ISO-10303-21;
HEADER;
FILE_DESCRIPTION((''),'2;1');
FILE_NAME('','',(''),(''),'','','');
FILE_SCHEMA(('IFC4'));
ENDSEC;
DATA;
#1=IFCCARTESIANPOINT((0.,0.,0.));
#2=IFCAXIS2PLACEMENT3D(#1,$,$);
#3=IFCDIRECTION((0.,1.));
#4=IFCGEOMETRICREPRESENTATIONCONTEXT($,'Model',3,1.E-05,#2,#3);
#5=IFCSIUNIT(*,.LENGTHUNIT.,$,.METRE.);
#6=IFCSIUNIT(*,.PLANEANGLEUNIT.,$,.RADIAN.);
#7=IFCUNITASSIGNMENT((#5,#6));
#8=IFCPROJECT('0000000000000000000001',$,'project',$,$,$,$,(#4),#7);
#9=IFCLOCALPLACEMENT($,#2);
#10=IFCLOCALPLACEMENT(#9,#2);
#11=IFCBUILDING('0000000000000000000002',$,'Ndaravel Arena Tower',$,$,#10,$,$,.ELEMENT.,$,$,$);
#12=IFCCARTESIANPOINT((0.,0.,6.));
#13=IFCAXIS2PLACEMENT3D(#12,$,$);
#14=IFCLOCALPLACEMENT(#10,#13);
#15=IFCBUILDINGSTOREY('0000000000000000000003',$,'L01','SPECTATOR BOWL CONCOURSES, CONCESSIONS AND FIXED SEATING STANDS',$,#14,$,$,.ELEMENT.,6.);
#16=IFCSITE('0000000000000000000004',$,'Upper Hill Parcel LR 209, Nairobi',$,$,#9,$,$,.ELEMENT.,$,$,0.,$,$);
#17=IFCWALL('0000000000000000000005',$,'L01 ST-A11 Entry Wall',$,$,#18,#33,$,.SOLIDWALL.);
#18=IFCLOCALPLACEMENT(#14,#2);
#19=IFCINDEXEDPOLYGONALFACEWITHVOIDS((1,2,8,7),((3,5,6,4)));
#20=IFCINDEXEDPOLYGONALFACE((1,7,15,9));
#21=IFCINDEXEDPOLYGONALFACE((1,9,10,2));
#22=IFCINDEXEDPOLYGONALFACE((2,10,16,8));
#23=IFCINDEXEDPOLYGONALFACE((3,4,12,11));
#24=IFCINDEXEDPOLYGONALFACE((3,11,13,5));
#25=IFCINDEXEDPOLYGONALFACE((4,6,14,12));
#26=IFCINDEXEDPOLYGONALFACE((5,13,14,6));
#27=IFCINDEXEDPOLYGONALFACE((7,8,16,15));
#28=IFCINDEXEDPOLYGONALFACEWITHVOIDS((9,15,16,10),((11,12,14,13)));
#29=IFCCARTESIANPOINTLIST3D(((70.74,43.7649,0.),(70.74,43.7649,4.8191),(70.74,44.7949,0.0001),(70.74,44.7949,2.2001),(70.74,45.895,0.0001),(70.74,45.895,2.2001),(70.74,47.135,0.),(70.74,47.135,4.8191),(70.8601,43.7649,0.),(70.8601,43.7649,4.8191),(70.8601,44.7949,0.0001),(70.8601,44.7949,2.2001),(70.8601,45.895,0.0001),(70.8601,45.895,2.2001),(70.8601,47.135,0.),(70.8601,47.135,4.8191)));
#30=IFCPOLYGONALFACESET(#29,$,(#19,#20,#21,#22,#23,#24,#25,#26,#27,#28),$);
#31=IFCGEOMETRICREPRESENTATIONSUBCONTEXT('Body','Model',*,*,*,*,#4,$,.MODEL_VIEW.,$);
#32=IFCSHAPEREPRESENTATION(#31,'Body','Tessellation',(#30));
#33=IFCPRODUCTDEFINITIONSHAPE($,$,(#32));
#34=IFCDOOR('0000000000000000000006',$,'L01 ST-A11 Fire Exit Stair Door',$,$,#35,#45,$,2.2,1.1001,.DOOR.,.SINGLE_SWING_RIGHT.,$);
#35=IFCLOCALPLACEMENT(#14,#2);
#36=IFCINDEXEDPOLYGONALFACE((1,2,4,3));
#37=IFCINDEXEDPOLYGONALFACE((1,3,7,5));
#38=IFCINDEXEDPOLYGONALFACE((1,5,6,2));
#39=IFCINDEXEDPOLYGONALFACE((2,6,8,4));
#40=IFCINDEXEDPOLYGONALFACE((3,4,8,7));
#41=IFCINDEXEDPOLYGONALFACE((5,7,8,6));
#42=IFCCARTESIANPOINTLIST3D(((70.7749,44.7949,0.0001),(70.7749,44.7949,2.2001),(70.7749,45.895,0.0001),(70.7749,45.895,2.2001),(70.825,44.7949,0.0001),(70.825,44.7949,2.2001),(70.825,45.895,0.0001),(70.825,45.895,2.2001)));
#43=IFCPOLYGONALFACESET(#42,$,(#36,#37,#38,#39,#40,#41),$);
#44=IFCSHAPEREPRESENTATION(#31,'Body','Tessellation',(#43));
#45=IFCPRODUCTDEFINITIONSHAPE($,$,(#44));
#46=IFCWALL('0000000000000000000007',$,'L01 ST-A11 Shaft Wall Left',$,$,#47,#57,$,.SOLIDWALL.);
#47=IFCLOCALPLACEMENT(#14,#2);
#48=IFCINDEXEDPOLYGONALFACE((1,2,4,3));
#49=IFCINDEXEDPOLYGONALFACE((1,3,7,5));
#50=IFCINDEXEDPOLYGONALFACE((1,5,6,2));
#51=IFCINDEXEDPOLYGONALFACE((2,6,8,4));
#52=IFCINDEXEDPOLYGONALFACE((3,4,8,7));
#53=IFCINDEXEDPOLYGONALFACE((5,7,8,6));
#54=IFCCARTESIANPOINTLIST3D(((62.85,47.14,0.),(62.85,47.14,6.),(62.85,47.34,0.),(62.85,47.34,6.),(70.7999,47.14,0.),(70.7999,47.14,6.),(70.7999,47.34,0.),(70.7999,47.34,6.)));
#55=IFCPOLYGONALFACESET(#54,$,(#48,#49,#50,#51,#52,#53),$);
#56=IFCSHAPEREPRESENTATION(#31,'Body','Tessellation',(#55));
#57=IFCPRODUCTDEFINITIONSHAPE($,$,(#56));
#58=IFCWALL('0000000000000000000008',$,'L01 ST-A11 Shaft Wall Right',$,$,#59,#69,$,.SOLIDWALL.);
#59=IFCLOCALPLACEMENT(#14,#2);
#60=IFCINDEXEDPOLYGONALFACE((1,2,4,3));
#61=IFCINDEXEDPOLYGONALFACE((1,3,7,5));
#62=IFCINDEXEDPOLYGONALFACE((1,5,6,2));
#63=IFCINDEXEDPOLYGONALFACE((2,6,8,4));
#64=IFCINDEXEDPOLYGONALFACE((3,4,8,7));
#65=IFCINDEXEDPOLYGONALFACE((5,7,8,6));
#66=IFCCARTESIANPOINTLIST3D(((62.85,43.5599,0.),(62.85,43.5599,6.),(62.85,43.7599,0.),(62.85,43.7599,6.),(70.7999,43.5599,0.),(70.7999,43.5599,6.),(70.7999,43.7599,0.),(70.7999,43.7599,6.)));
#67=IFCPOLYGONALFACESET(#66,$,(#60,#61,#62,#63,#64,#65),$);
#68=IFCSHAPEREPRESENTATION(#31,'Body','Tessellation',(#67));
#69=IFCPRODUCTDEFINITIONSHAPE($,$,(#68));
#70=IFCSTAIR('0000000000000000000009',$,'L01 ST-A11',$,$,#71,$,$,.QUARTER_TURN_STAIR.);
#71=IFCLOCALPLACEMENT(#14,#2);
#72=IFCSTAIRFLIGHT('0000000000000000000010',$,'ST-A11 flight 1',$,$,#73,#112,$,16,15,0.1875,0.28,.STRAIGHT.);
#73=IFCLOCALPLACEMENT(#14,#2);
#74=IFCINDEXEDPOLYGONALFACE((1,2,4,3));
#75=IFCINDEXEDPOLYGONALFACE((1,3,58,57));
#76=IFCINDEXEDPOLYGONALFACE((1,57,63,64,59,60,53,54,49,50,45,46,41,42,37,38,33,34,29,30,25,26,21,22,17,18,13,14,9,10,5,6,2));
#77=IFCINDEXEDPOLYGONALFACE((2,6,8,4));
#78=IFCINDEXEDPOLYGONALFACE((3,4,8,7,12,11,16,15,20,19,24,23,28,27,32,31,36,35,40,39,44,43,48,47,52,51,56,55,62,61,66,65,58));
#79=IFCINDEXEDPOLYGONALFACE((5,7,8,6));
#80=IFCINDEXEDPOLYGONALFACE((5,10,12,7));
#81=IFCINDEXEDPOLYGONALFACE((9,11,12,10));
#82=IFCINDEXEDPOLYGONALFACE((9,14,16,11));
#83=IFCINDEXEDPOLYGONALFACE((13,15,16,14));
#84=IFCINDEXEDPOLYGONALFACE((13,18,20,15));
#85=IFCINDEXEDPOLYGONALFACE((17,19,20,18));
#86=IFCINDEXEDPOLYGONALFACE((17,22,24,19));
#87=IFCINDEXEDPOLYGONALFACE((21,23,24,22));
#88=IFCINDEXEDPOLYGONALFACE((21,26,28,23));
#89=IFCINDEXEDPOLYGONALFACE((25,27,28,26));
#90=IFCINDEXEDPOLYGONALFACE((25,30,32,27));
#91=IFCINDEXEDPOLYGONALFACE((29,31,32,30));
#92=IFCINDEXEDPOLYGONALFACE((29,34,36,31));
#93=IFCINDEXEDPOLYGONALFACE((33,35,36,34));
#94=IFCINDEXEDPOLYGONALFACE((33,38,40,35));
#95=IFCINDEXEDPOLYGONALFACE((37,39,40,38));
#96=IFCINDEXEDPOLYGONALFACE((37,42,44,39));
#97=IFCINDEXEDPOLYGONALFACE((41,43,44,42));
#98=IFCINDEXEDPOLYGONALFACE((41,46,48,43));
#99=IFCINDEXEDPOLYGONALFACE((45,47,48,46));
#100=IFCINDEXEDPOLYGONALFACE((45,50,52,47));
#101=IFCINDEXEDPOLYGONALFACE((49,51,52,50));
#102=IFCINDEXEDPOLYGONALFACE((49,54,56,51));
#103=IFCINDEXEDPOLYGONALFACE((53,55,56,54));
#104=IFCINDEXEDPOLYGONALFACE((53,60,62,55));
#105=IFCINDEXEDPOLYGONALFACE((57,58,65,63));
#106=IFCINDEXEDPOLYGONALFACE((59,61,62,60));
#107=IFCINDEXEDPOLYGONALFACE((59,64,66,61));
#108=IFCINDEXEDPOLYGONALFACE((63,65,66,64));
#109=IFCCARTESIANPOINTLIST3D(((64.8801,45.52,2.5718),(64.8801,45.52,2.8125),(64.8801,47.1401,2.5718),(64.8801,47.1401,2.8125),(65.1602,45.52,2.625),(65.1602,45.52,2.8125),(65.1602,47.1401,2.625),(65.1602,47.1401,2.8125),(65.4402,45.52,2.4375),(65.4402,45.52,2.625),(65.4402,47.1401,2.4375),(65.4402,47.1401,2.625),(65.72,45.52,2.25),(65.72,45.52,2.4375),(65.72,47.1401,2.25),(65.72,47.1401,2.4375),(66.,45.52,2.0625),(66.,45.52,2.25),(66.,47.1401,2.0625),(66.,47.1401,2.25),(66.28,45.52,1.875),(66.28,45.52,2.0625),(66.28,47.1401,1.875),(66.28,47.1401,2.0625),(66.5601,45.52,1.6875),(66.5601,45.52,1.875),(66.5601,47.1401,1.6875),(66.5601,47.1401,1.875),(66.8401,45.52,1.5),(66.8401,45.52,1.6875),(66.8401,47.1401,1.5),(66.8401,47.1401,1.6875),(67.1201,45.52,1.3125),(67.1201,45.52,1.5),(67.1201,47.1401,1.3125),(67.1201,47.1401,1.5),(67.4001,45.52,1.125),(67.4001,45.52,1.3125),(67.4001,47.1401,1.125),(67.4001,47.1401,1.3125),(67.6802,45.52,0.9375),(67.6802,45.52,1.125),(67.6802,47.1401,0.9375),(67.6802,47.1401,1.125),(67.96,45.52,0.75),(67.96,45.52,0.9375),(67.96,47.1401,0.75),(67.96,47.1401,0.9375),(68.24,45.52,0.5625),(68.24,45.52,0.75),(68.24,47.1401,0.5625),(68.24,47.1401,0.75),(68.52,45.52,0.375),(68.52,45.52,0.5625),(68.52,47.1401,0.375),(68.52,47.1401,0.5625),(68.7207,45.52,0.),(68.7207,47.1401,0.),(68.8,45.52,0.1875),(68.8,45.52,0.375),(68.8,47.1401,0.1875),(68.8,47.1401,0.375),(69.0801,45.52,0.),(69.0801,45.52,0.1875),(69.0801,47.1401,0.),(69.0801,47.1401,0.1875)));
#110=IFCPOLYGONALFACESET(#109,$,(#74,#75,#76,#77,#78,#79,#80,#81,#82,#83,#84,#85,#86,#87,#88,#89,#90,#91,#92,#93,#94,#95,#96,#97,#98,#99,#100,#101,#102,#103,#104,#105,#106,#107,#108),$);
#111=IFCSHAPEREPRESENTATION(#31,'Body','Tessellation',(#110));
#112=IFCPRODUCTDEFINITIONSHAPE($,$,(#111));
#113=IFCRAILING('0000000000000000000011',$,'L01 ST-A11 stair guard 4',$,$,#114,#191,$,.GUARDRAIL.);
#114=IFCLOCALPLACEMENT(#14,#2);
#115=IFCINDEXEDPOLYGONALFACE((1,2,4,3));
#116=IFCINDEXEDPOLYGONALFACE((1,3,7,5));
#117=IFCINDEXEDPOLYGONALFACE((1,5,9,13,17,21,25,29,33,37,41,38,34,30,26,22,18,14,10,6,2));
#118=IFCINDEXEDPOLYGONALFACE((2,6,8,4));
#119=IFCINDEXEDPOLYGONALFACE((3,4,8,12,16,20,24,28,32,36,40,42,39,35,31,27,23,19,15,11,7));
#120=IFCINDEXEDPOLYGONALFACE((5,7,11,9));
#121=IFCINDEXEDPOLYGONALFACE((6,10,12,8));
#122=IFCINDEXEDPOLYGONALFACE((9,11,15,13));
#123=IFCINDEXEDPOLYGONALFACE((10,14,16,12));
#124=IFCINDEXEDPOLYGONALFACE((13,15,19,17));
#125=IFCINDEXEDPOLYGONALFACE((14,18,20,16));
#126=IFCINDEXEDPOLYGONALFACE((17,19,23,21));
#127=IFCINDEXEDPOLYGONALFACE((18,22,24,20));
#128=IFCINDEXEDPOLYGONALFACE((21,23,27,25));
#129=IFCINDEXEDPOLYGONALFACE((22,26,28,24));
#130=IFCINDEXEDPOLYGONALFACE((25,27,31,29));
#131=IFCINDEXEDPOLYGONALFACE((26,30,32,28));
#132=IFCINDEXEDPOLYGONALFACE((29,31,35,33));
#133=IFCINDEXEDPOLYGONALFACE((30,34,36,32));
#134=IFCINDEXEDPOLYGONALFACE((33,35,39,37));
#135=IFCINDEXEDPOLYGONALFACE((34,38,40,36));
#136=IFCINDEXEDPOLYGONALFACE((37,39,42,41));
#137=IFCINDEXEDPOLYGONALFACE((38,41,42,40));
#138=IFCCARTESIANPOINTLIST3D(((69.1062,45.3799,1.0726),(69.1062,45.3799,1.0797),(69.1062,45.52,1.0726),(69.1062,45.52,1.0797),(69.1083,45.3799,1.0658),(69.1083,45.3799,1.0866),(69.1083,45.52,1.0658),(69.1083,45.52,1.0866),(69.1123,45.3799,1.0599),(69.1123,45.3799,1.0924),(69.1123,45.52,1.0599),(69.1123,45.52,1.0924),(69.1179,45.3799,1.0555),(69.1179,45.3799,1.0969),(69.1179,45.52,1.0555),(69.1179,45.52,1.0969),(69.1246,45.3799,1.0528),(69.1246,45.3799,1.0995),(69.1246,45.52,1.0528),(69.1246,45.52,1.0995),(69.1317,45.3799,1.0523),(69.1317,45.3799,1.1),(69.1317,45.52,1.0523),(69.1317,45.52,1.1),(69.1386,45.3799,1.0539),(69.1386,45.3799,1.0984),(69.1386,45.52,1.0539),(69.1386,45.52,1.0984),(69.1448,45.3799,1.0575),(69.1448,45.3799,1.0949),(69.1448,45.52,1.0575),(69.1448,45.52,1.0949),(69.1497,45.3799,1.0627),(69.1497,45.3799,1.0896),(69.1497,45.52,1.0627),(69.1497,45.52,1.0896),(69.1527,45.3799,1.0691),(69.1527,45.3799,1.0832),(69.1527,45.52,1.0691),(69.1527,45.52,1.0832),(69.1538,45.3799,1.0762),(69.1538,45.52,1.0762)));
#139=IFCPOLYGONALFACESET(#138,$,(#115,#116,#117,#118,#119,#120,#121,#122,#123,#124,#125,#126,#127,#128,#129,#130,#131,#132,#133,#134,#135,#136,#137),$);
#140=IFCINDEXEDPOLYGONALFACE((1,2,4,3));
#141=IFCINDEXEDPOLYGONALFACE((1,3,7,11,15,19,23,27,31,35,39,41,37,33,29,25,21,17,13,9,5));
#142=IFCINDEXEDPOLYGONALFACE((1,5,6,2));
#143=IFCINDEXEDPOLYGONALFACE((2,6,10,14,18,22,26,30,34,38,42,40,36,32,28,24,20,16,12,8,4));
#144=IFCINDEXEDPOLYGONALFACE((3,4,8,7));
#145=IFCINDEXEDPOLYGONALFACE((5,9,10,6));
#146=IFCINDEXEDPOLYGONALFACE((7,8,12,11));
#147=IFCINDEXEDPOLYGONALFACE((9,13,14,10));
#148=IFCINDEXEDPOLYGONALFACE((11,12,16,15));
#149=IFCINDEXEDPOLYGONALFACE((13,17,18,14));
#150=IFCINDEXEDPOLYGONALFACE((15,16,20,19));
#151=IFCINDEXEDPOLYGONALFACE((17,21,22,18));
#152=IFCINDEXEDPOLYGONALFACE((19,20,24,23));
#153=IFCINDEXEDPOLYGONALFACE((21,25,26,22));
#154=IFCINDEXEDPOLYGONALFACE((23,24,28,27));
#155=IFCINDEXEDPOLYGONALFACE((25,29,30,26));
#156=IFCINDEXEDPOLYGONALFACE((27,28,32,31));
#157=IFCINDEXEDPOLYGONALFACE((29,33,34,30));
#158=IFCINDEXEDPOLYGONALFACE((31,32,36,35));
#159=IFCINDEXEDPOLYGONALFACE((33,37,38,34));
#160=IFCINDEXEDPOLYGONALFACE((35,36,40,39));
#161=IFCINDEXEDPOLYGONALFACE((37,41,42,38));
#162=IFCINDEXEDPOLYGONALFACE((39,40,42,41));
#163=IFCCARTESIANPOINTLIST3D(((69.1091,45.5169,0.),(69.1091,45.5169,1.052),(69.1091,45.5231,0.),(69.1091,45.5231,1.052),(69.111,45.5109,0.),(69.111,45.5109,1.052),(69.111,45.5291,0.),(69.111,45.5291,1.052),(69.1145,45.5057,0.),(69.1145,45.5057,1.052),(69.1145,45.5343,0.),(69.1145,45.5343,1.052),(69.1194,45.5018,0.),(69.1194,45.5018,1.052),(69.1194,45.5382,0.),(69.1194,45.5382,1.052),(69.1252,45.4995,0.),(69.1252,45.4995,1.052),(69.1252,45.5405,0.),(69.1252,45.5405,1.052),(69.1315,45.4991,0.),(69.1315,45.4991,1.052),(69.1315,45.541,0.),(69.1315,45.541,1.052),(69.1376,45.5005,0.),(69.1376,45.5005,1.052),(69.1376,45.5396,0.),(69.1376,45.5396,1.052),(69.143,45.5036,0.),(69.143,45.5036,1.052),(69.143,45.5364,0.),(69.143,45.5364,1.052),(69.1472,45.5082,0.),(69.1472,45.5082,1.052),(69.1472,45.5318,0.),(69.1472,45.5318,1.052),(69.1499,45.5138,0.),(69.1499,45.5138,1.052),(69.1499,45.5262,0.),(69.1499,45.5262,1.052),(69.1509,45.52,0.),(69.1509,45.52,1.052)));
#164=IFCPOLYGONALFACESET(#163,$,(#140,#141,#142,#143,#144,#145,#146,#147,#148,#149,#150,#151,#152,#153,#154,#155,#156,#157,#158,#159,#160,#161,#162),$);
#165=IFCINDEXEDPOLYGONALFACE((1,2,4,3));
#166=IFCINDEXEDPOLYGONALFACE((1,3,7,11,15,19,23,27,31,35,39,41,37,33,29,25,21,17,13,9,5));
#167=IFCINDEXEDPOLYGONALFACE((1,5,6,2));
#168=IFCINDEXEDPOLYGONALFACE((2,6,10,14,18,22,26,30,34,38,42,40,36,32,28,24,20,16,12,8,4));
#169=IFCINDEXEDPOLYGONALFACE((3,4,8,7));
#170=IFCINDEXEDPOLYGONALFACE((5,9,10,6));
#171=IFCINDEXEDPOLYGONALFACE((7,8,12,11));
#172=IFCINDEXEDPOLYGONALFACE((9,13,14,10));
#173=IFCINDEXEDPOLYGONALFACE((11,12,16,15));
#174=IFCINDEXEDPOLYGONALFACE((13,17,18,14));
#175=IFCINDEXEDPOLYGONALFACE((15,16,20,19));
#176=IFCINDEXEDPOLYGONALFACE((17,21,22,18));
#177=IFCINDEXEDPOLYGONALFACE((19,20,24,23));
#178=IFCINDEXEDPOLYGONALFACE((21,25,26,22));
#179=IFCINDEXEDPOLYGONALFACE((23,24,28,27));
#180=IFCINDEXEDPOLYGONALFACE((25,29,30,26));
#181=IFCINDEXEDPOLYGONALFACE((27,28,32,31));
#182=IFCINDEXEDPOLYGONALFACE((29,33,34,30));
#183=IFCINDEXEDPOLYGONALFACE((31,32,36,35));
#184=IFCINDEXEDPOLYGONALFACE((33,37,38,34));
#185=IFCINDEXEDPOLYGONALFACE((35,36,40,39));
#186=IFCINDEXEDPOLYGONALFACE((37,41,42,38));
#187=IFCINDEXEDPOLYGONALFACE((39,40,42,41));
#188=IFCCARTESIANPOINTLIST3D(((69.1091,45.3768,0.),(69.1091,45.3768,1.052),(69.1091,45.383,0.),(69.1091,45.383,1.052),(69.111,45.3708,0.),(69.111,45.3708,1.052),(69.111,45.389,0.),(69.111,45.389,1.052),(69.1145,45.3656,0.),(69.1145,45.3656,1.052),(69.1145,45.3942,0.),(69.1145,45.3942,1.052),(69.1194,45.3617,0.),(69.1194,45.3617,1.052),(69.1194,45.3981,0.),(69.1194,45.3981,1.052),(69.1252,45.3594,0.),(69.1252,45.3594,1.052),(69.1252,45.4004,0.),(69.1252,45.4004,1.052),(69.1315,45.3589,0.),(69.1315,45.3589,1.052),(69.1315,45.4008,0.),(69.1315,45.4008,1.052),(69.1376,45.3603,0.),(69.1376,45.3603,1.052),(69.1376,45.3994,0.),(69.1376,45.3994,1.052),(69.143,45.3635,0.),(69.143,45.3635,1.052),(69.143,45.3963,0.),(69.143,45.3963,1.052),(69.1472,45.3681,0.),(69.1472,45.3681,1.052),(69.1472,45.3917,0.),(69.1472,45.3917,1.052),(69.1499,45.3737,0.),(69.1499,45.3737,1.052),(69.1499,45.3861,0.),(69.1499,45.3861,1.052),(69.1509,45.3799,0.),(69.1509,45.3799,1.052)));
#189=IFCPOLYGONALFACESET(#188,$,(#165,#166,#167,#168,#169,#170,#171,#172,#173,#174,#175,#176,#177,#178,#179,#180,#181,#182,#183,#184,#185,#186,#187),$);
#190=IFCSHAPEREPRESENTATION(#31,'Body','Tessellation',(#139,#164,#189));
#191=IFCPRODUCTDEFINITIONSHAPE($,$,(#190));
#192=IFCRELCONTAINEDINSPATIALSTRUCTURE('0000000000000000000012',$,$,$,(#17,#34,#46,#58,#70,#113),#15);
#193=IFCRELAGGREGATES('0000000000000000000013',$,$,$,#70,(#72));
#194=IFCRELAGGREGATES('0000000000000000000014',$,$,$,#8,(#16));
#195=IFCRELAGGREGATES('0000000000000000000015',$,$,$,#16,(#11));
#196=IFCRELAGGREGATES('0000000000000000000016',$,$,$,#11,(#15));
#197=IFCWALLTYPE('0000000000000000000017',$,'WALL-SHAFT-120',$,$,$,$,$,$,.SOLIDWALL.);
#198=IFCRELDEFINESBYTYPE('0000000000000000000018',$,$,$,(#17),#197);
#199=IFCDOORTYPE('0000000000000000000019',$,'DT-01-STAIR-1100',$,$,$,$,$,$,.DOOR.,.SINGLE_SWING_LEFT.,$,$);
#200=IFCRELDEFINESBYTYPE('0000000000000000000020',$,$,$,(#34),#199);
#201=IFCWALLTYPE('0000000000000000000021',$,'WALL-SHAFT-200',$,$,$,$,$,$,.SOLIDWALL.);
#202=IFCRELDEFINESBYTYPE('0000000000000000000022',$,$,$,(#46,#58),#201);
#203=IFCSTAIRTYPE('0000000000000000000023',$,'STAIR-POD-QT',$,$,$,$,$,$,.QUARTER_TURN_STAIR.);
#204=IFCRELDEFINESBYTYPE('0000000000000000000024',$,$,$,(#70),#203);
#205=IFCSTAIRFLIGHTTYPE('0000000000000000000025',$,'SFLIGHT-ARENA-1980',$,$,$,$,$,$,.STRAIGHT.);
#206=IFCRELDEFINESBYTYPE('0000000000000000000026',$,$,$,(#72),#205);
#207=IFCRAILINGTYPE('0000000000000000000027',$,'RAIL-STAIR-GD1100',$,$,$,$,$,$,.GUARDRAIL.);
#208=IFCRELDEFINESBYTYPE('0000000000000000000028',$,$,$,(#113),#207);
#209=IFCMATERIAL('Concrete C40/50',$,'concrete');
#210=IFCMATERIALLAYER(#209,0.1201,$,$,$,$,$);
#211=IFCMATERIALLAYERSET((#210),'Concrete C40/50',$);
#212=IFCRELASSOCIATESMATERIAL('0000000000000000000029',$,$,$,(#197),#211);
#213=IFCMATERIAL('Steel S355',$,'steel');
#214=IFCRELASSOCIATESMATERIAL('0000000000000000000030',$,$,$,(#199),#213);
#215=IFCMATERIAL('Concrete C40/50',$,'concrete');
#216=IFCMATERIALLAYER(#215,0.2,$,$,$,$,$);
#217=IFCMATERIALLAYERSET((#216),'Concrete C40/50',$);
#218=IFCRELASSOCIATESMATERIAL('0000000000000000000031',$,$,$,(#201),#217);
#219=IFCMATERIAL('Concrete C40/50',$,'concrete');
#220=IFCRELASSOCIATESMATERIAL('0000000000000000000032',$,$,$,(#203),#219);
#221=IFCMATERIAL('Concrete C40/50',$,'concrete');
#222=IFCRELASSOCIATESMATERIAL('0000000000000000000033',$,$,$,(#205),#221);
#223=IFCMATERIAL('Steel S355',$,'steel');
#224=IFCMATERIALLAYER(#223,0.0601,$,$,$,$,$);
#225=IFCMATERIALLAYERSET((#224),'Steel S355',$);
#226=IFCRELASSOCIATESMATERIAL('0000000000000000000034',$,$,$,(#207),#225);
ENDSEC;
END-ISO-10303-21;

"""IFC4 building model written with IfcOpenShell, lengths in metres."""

from ifc_helpers import new_model, si_unit, direction, frame, frame_2d, origin, origin_2d, place, context, subcontext, project, spatial, polyline, rectangle, circle, outline, extrude, material, layer, layer_set, type_object, element, fill, aggregate, save


model = new_model("IFC4")

# Units and contexts
model_context = context("Model", 3, precision=1e-05, world=origin(), true_north=direction((0.0, 1.0)))
body_context = subcontext(model_context, "Body", "Model", "MODEL_VIEW")
ifc_project = project(units=[si_unit("LENGTHUNIT", "METRE"), si_unit("PLANEANGLEUNIT", "RADIAN")], contexts=[model_context])

# Site, building, storey
site_placement = place(None, origin())
site = spatial("IfcSite", under=ifc_project, at=site_placement, Name="Upper Hill Parcel LR 209, Nairobi", CompositionType="ELEMENT", RefElevation=0.0)
building_placement = place(site_placement, origin())
building = spatial("IfcBuilding", under=site, at=building_placement, Name="Ndaravel Arena Tower", CompositionType="ELEMENT")
storey_placement = place(building_placement, frame((0.0, 0.0, 6.0)))
storey = spatial("IfcBuildingStorey", under=building, at=storey_placement, Name="L01", Description="SPECTATOR BOWL CONCOURSES, CONCESSIONS AND FIXED SEATING STANDS", CompositionType="ELEMENT", Elevation=6.0)

# Wall, opening, door
ifc_material_1 = material(Name="Concrete C40/50", Category="concrete")
ifc_layer_1 = layer(ifc_material_1, 0.1201)
ifc_layer_set_1 = layer_set([ifc_layer_1], Name="Concrete C40/50")
wall_type_1 = type_object("IfcWallType", Name="WALL-SHAFT-120", PredefinedType="SOLIDWALL", material=ifc_layer_set_1)
wall_1_placement = place(storey_placement, frame((70.8, 47.135, 0.0), z_axis=(0.0, 0.0, 1.0), x_axis=(0.0, -1.0, 0.0)))
wall_1 = element("IfcWall", 1, at=wall_1_placement, inside=storey, type_object=wall_type_1, Name="L01 ST-A11 Entry Wall", PredefinedType="SOLIDWALL", context=body_context, shape_type="SweptSolid", body=[
    extrude(rectangle(XDim=3.3701, YDim=0.1201, at=frame_2d((1.6851, 0.0))), origin(), (0.0, 0.0, 1.0), 4.8191),
])
opening_1_placement = place(wall_1_placement, frame((1.24, 0.0, 0.0)))
opening_1 = element("IfcOpeningElement", 2, at=opening_1_placement, cuts=wall_1, PredefinedType="OPENING", context=body_context, shape_type="SweptSolid", body=[
    extrude(rectangle(XDim=1.1001, YDim=2.2, at=frame_2d((0.55, 1.1001))), frame((0.0, 0.0601, 0.0), z_axis=(0.0, -1.0, 0.0), x_axis=(1.0, 0.0, 0.0)), (0.0, 0.0, 1.0), 0.1201),
])
ifc_material_2 = material(Name="Steel S355", Category="steel")
door_type = type_object("IfcDoorType", Name="DT-01-STAIR-1100", OperationType="SINGLE_SWING_LEFT", PredefinedType="DOOR", material=ifc_material_2)
door_placement = place(opening_1_placement, origin())
door = element("IfcDoor", 3, at=door_placement, inside=storey, type_object=door_type, Name="L01 ST-A11 Fire Exit Stair Door", OperationType="SINGLE_SWING_RIGHT", OverallHeight=2.2, OverallWidth=1.1001, PredefinedType="DOOR", context=body_context, shape_type="SweptSolid", body=[
    extrude(rectangle(XDim=1.1001, YDim=2.2, at=frame_2d((0.55, 1.1001))), frame((0.0, 0.0249, 0.0), z_axis=(0.0, -1.0, 0.0), x_axis=(1.0, 0.0, 0.0)), (0.0, 0.0, 1.0), 0.05),
])
fill(opening_1, door)

# Walls
ifc_material_3 = material(Name="Concrete C40/50", Category="concrete")
ifc_layer_2 = layer(ifc_material_3, 0.2)
ifc_layer_set_2 = layer_set([ifc_layer_2], Name="Concrete C40/50")
wall_type_2 = type_object("IfcWallType", Name="WALL-SHAFT-200", PredefinedType="SOLIDWALL", material=ifc_layer_set_2)
for number, where, z_axis, x_axis, name in (
    (4, (70.8, 47.24, 0.0), (0.0, 0.0, 1.0), (-1.0, 0.0, 0.0), "L01 ST-A11 Shaft Wall Left"),
    (5, (70.8, 43.6599, 0.0), (0.0, 0.0, 1.0), (-1.0, 0.0, 0.0), "L01 ST-A11 Shaft Wall Right"),
):
    element("IfcWall", number, at=place(storey_placement, frame(where, z_axis=z_axis, x_axis=x_axis)), inside=storey, type_object=wall_type_2, Name=name, PredefinedType="SOLIDWALL", context=body_context, shape_type="SweptSolid", body=[
        extrude(rectangle(XDim=7.95, YDim=0.2, at=frame_2d((3.9751, 0.0))), origin(), (0.0, 0.0, 1.0), 6.0),
    ])

# Stair, stair flight
ifc_material_4 = material(Name="Concrete C40/50", Category="concrete")
stair_type = type_object("IfcStairType", Name="STAIR-POD-QT", PredefinedType="QUARTER_TURN_STAIR", material=ifc_material_4)
stair_placement = place(storey_placement, origin())
stair = element("IfcStair", 6, at=stair_placement, inside=storey, type_object=stair_type, Name="L01 ST-A11", PredefinedType="QUARTER_TURN_STAIR")
ifc_material_5 = material(Name="Concrete C40/50", Category="concrete")
stair_flight_type = type_object("IfcStairFlightType", Name="SFLIGHT-ARENA-1980", PredefinedType="STRAIGHT", material=ifc_material_5)
stair_flight_placement = place(storey_placement, frame((69.0801, 46.3301, 0.0), z_axis=(0.0, 0.0, 1.0), x_axis=(-1.0, 0.0, 0.0)))
stair_flight = element("IfcStairFlight", 7, at=stair_flight_placement, type_object=stair_flight_type, Name="ST-A11 flight 1", NumberOfRisers=16, NumberOfTreads=15, PredefinedType="STRAIGHT", RiserHeight=0.1875, TreadLength=0.28, context=body_context, shape_type="SweptSolid", body=[
    extrude(outline(polyline([(0.0, 0.0), (0.0, 0.1875), (0.28, 0.1875), (0.28, 0.375), (0.5601, 0.375), (0.5601, 0.5625), (0.8401, 0.5625), (0.8401, 0.75), (1.1201, 0.75), (1.1201, 0.9375), (1.3999, 0.9375), (1.3999, 1.125), (1.6799, 1.125), (1.6799, 1.3125), (1.96, 1.3125), (1.96, 1.5), (2.24, 1.5), (2.24, 1.6875), (2.52, 1.6875), (2.52, 1.875), (2.8, 1.875), (2.8, 2.0625), (3.0801, 2.0625), (3.0801, 2.25), (3.3601, 2.25), (3.3601, 2.4375), (3.6399, 2.4375), (3.6399, 2.625), (3.9199, 2.625), (3.9199, 2.8125), (4.2, 2.8125), (4.2, 3.0), (4.2, 2.5718), (0.3594, 0.0), (0.0, 0.0)])), frame((0.0, 0.8101, 0.0), z_axis=(0.0, -1.0, 0.0), x_axis=(1.0, 0.0, 0.0)), (0.0, 0.0, 1.0), 1.6201),
])
aggregate(stair, [stair_flight])

# Railing
ifc_material_6 = material(Name="Steel S355", Category="steel")
ifc_layer_3 = layer(ifc_material_6, 0.0601)
ifc_layer_set_3 = layer_set([ifc_layer_3], Name="Steel S355")
railing_type_1 = type_object("IfcRailingType", Name="RAIL-STAIR-GD1100", PredefinedType="GUARDRAIL", material=ifc_layer_set_3)
railing_1_placement = place(storey_placement, frame((69.1299, 45.52, 0.0)))
element("IfcRailing", 8, at=railing_1_placement, inside=storey, type_object=railing_type_1, Name="L01 ST-A11 stair guard 4", PredefinedType="GUARDRAIL", context=body_context, shape_type="SweptSolid", body=[
    extrude(circle(Radius=0.0239, at=origin_2d()), frame((0.0, 0.0, 1.0762), z_axis=(0.0, -1.0, 0.0), x_axis=(1.0, 0.0, 0.0)), (0.0, 0.0, 1.0), 0.1401),
    extrude(circle(Radius=0.021, at=origin_2d()), origin(), (0.0, 0.0, 1.0), 1.052),
    extrude(circle(Radius=0.021, at=origin_2d()), frame((0.0, -0.1401, 0.0)), (0.0, 0.0, 1.0), 1.052),
])

save(model, "model.ifc")
